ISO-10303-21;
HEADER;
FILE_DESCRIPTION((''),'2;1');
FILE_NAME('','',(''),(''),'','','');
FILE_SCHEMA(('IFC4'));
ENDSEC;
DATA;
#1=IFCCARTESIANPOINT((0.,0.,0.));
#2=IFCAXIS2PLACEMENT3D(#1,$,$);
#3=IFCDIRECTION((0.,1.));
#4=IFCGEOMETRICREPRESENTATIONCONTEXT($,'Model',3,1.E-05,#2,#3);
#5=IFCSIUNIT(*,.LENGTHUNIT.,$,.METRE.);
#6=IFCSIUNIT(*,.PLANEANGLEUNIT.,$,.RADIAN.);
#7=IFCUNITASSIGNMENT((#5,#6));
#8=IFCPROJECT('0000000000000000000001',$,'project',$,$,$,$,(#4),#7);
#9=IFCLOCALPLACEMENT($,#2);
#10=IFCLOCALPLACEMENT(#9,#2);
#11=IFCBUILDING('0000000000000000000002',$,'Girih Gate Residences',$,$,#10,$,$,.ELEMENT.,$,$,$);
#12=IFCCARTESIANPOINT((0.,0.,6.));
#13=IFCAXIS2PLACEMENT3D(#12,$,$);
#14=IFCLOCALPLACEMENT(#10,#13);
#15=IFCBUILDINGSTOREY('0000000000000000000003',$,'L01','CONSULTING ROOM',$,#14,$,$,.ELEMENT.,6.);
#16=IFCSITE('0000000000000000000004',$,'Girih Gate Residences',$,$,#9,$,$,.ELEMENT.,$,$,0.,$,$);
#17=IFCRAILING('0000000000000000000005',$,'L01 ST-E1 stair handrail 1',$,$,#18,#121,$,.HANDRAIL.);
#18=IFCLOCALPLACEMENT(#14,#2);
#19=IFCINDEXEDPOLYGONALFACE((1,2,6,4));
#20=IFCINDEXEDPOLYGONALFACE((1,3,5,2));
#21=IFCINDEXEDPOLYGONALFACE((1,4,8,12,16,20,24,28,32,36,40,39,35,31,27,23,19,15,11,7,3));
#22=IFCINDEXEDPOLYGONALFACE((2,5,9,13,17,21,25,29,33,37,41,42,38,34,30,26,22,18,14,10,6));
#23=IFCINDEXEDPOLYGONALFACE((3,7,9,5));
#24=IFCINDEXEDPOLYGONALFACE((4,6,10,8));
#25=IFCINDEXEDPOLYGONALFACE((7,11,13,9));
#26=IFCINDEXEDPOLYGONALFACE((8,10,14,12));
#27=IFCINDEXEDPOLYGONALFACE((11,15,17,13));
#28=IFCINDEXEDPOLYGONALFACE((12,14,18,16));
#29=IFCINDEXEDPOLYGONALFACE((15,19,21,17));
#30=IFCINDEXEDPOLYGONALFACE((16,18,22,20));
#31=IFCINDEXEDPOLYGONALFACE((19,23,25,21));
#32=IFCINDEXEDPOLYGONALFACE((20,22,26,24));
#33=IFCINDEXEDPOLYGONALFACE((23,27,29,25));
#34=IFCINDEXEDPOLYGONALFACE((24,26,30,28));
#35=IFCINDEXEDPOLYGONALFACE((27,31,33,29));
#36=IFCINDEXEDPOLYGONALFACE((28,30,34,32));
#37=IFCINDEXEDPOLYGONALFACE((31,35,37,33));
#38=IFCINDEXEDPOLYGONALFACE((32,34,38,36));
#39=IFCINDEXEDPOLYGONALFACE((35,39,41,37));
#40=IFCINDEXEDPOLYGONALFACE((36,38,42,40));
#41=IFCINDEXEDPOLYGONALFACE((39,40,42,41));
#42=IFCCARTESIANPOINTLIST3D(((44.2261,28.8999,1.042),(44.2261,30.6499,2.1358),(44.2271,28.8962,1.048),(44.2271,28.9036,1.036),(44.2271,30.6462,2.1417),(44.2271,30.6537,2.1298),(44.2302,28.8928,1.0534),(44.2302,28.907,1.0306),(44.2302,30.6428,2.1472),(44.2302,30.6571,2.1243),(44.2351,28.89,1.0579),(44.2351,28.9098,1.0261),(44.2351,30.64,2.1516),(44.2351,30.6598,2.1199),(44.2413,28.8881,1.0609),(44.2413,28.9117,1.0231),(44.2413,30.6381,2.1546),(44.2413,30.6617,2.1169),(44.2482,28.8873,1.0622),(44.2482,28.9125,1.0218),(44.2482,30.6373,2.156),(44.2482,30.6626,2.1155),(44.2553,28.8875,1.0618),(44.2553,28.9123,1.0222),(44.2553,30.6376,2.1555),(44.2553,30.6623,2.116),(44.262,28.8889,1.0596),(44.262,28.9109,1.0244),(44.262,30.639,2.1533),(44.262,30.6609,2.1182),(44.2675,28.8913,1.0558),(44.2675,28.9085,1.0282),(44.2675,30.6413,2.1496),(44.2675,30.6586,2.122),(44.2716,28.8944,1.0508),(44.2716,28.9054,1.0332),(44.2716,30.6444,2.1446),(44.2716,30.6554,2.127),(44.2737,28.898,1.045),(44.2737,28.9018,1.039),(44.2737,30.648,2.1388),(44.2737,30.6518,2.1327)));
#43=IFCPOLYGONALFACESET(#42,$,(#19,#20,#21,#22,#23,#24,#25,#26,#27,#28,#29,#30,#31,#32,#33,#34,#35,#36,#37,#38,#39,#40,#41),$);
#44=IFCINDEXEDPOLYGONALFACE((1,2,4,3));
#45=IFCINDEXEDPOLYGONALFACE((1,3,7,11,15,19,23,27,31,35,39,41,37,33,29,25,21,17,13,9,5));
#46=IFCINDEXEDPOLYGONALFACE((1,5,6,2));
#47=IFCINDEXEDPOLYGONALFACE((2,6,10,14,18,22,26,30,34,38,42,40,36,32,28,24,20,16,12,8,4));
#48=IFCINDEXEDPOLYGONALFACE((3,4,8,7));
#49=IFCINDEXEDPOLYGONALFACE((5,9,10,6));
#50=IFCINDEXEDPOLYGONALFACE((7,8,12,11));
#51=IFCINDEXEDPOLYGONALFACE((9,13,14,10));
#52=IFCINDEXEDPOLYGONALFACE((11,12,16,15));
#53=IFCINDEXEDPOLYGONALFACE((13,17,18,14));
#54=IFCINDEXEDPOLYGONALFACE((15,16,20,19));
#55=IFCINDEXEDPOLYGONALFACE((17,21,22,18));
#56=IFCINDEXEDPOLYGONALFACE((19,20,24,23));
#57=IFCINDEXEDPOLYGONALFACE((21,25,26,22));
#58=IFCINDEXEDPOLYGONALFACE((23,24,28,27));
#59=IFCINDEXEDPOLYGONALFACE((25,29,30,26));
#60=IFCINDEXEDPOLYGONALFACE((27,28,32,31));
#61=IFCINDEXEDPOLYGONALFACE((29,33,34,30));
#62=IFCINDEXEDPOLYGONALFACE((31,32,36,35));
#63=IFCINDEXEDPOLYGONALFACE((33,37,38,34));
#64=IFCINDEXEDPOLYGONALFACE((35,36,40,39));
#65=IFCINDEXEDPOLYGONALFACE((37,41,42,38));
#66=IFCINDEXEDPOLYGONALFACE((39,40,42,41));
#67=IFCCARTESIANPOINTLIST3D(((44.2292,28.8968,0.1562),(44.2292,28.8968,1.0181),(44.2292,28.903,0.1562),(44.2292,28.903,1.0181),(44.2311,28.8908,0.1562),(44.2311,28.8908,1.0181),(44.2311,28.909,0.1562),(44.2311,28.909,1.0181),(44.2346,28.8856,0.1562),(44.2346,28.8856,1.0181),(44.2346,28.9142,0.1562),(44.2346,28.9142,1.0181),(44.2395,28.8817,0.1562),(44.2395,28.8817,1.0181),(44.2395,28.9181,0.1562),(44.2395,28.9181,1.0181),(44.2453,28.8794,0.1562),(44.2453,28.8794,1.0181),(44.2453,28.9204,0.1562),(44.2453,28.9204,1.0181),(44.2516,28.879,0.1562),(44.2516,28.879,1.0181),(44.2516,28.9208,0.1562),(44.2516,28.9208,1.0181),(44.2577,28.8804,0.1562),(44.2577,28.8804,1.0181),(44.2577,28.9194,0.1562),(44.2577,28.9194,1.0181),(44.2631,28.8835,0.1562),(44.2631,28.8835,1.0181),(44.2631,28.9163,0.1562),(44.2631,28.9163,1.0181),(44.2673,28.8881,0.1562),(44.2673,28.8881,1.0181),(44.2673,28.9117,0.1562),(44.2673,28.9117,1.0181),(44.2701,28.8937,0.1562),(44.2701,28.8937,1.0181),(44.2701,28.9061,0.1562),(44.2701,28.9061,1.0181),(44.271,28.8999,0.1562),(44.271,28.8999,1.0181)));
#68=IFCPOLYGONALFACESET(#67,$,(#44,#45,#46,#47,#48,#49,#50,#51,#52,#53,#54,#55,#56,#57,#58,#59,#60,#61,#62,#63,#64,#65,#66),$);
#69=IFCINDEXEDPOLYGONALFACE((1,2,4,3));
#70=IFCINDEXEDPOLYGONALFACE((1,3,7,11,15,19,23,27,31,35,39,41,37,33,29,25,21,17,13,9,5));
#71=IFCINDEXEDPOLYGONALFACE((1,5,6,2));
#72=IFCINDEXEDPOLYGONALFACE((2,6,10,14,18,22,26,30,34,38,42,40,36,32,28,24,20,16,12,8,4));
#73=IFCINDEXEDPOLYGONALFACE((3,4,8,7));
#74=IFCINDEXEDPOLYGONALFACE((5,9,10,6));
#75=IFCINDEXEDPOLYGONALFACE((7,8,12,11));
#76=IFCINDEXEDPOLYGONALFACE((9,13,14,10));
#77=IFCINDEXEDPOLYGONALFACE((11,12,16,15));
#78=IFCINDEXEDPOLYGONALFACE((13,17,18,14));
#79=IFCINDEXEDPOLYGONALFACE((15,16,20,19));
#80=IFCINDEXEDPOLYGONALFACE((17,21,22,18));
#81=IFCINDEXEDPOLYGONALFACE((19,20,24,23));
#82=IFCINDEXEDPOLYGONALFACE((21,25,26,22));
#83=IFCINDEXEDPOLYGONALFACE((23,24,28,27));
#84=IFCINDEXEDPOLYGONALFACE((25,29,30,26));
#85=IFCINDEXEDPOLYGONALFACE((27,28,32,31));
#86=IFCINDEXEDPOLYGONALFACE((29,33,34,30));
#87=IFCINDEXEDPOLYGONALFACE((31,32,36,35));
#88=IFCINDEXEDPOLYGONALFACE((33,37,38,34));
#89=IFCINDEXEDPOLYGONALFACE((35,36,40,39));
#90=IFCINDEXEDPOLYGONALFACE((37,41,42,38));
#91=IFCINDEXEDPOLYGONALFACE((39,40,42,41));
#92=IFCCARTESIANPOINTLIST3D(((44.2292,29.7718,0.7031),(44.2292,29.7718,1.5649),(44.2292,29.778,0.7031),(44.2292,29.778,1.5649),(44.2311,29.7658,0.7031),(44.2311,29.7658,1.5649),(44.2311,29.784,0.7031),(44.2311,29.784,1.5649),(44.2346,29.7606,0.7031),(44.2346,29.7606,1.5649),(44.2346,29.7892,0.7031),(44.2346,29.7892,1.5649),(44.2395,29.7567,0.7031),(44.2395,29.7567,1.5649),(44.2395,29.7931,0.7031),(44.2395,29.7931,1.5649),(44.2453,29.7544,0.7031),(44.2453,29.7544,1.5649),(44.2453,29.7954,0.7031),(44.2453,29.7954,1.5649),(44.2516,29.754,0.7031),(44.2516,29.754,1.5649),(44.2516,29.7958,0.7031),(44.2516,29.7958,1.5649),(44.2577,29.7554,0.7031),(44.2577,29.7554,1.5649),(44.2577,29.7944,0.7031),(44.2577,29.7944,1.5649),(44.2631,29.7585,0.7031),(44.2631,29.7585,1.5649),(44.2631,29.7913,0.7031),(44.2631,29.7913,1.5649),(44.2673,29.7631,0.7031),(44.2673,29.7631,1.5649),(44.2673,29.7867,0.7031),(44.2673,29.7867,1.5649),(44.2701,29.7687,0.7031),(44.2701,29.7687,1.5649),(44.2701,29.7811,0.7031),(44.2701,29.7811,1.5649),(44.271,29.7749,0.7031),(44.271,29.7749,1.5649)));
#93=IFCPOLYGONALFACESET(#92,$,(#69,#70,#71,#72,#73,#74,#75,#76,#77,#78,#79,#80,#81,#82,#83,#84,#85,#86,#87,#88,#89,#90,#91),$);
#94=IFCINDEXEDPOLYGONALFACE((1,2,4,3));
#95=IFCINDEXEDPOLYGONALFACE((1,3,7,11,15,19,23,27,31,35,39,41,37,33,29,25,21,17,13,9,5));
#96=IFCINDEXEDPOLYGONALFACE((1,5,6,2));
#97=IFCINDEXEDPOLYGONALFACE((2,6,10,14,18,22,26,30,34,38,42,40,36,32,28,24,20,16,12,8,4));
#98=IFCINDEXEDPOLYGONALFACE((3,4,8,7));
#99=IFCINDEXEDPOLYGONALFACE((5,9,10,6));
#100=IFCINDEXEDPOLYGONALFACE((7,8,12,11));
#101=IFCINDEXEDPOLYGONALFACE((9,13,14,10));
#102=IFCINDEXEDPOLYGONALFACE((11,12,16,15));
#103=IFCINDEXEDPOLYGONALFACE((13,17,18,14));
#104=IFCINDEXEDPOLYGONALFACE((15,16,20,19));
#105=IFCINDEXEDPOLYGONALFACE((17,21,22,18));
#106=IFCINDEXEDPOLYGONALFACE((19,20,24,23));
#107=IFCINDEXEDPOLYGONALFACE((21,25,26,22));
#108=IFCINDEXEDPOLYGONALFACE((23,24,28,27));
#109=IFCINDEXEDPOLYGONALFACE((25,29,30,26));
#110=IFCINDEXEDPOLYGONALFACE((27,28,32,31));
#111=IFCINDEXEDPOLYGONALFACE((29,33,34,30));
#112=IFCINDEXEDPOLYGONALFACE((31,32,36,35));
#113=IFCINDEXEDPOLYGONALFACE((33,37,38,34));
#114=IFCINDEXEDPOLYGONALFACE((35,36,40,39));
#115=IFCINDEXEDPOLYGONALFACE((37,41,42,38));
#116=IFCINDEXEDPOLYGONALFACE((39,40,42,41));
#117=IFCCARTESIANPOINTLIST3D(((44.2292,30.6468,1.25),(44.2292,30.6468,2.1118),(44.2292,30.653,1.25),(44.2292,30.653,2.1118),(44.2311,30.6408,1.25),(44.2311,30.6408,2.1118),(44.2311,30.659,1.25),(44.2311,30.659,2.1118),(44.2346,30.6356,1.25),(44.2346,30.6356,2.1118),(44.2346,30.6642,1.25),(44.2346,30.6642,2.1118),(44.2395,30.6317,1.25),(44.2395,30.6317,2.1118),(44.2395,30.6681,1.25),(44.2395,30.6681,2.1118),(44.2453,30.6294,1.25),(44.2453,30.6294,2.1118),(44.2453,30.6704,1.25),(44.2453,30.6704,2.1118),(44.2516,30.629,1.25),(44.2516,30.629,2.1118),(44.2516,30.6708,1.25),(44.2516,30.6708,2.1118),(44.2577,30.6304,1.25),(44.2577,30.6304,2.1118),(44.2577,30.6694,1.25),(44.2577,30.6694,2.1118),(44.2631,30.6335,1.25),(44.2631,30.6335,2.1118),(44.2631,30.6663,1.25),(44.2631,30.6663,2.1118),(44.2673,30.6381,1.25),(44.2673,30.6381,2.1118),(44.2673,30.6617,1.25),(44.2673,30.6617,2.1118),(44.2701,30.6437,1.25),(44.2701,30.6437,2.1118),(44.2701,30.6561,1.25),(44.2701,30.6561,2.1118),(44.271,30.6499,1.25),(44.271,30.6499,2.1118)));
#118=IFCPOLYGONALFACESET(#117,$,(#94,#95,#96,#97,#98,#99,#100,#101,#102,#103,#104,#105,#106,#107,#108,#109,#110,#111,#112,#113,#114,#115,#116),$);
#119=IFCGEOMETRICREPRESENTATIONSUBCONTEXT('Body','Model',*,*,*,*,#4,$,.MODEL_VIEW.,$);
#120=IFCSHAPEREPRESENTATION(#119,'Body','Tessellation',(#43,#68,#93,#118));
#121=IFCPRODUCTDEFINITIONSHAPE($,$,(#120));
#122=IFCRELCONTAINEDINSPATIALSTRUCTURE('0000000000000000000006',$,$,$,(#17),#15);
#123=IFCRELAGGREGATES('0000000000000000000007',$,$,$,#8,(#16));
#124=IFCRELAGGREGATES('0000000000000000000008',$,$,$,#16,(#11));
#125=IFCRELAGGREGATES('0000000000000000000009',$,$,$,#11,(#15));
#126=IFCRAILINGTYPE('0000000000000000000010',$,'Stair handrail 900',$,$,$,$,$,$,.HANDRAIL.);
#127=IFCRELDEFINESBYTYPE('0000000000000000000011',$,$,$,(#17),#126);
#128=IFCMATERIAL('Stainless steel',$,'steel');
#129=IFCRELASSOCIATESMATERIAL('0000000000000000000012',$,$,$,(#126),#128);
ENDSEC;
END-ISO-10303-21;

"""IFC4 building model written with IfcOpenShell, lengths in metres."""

from ifc_helpers import new_model, si_unit, direction, frame, origin, origin_2d, place, context, subcontext, project, spatial, circle, extrude, material, type_object, element, save


model = new_model("IFC4")

# Units and contexts
model_context = context("Model", 3, precision=1e-05, world=origin(), true_north=direction((0.0, 1.0)))
body_context = subcontext(model_context, "Body", "Model", "MODEL_VIEW")
ifc_project = project(units=[si_unit("LENGTHUNIT", "METRE"), si_unit("PLANEANGLEUNIT", "RADIAN")], contexts=[model_context])

# Site, building, storey
site_placement = place(None, origin())
site = spatial("IfcSite", under=ifc_project, at=site_placement, Name="Girih Gate Residences", CompositionType="ELEMENT", RefElevation=0.0)
building_placement = place(site_placement, origin())
building = spatial("IfcBuilding", under=site, at=building_placement, Name="Girih Gate Residences", CompositionType="ELEMENT")
storey_placement = place(building_placement, frame((0.0, 0.0, 6.0)))
storey = spatial("IfcBuildingStorey", under=building, at=storey_placement, Name="L01", Description="CONSULTING ROOM", CompositionType="ELEMENT", Elevation=6.0)

# Railing
ifc_material_1 = material(Name="Stainless steel", Category="steel")
railing_type_1 = type_object("IfcRailingType", Name="Stair handrail 900", PredefinedType="HANDRAIL", material=ifc_material_1)
railing_1_placement = place(storey_placement, frame((44.25, 28.8999, 0.1562)))
element("IfcRailing", 1, at=railing_1_placement, inside=storey, type_object=railing_type_1, Name="L01 ST-E1 stair handrail 1", PredefinedType="HANDRAIL", context=body_context, shape_type="SweptSolid", body=[
    extrude(circle(Radius=0.0239, at=origin_2d()), frame((0.0, 0.0, 0.8857), z_axis=(0.0, 0.847998, 0.529999), x_axis=(-1.0, 0.0, 0.0)), (0.0, 0.0, 1.0), 2.0637),
    extrude(circle(Radius=0.021, at=origin_2d()), origin(), (0.0, 0.0, 1.0), 0.8618),
    extrude(circle(Radius=0.021, at=origin_2d()), frame((0.0, 0.875, 0.5469)), (0.0, 0.0, 1.0), 0.8618),
    extrude(circle(Radius=0.021, at=origin_2d()), frame((0.0, 1.75, 1.0938)), (0.0, 0.0, 1.0), 0.8618),
])

save(model, "model.ifc")
